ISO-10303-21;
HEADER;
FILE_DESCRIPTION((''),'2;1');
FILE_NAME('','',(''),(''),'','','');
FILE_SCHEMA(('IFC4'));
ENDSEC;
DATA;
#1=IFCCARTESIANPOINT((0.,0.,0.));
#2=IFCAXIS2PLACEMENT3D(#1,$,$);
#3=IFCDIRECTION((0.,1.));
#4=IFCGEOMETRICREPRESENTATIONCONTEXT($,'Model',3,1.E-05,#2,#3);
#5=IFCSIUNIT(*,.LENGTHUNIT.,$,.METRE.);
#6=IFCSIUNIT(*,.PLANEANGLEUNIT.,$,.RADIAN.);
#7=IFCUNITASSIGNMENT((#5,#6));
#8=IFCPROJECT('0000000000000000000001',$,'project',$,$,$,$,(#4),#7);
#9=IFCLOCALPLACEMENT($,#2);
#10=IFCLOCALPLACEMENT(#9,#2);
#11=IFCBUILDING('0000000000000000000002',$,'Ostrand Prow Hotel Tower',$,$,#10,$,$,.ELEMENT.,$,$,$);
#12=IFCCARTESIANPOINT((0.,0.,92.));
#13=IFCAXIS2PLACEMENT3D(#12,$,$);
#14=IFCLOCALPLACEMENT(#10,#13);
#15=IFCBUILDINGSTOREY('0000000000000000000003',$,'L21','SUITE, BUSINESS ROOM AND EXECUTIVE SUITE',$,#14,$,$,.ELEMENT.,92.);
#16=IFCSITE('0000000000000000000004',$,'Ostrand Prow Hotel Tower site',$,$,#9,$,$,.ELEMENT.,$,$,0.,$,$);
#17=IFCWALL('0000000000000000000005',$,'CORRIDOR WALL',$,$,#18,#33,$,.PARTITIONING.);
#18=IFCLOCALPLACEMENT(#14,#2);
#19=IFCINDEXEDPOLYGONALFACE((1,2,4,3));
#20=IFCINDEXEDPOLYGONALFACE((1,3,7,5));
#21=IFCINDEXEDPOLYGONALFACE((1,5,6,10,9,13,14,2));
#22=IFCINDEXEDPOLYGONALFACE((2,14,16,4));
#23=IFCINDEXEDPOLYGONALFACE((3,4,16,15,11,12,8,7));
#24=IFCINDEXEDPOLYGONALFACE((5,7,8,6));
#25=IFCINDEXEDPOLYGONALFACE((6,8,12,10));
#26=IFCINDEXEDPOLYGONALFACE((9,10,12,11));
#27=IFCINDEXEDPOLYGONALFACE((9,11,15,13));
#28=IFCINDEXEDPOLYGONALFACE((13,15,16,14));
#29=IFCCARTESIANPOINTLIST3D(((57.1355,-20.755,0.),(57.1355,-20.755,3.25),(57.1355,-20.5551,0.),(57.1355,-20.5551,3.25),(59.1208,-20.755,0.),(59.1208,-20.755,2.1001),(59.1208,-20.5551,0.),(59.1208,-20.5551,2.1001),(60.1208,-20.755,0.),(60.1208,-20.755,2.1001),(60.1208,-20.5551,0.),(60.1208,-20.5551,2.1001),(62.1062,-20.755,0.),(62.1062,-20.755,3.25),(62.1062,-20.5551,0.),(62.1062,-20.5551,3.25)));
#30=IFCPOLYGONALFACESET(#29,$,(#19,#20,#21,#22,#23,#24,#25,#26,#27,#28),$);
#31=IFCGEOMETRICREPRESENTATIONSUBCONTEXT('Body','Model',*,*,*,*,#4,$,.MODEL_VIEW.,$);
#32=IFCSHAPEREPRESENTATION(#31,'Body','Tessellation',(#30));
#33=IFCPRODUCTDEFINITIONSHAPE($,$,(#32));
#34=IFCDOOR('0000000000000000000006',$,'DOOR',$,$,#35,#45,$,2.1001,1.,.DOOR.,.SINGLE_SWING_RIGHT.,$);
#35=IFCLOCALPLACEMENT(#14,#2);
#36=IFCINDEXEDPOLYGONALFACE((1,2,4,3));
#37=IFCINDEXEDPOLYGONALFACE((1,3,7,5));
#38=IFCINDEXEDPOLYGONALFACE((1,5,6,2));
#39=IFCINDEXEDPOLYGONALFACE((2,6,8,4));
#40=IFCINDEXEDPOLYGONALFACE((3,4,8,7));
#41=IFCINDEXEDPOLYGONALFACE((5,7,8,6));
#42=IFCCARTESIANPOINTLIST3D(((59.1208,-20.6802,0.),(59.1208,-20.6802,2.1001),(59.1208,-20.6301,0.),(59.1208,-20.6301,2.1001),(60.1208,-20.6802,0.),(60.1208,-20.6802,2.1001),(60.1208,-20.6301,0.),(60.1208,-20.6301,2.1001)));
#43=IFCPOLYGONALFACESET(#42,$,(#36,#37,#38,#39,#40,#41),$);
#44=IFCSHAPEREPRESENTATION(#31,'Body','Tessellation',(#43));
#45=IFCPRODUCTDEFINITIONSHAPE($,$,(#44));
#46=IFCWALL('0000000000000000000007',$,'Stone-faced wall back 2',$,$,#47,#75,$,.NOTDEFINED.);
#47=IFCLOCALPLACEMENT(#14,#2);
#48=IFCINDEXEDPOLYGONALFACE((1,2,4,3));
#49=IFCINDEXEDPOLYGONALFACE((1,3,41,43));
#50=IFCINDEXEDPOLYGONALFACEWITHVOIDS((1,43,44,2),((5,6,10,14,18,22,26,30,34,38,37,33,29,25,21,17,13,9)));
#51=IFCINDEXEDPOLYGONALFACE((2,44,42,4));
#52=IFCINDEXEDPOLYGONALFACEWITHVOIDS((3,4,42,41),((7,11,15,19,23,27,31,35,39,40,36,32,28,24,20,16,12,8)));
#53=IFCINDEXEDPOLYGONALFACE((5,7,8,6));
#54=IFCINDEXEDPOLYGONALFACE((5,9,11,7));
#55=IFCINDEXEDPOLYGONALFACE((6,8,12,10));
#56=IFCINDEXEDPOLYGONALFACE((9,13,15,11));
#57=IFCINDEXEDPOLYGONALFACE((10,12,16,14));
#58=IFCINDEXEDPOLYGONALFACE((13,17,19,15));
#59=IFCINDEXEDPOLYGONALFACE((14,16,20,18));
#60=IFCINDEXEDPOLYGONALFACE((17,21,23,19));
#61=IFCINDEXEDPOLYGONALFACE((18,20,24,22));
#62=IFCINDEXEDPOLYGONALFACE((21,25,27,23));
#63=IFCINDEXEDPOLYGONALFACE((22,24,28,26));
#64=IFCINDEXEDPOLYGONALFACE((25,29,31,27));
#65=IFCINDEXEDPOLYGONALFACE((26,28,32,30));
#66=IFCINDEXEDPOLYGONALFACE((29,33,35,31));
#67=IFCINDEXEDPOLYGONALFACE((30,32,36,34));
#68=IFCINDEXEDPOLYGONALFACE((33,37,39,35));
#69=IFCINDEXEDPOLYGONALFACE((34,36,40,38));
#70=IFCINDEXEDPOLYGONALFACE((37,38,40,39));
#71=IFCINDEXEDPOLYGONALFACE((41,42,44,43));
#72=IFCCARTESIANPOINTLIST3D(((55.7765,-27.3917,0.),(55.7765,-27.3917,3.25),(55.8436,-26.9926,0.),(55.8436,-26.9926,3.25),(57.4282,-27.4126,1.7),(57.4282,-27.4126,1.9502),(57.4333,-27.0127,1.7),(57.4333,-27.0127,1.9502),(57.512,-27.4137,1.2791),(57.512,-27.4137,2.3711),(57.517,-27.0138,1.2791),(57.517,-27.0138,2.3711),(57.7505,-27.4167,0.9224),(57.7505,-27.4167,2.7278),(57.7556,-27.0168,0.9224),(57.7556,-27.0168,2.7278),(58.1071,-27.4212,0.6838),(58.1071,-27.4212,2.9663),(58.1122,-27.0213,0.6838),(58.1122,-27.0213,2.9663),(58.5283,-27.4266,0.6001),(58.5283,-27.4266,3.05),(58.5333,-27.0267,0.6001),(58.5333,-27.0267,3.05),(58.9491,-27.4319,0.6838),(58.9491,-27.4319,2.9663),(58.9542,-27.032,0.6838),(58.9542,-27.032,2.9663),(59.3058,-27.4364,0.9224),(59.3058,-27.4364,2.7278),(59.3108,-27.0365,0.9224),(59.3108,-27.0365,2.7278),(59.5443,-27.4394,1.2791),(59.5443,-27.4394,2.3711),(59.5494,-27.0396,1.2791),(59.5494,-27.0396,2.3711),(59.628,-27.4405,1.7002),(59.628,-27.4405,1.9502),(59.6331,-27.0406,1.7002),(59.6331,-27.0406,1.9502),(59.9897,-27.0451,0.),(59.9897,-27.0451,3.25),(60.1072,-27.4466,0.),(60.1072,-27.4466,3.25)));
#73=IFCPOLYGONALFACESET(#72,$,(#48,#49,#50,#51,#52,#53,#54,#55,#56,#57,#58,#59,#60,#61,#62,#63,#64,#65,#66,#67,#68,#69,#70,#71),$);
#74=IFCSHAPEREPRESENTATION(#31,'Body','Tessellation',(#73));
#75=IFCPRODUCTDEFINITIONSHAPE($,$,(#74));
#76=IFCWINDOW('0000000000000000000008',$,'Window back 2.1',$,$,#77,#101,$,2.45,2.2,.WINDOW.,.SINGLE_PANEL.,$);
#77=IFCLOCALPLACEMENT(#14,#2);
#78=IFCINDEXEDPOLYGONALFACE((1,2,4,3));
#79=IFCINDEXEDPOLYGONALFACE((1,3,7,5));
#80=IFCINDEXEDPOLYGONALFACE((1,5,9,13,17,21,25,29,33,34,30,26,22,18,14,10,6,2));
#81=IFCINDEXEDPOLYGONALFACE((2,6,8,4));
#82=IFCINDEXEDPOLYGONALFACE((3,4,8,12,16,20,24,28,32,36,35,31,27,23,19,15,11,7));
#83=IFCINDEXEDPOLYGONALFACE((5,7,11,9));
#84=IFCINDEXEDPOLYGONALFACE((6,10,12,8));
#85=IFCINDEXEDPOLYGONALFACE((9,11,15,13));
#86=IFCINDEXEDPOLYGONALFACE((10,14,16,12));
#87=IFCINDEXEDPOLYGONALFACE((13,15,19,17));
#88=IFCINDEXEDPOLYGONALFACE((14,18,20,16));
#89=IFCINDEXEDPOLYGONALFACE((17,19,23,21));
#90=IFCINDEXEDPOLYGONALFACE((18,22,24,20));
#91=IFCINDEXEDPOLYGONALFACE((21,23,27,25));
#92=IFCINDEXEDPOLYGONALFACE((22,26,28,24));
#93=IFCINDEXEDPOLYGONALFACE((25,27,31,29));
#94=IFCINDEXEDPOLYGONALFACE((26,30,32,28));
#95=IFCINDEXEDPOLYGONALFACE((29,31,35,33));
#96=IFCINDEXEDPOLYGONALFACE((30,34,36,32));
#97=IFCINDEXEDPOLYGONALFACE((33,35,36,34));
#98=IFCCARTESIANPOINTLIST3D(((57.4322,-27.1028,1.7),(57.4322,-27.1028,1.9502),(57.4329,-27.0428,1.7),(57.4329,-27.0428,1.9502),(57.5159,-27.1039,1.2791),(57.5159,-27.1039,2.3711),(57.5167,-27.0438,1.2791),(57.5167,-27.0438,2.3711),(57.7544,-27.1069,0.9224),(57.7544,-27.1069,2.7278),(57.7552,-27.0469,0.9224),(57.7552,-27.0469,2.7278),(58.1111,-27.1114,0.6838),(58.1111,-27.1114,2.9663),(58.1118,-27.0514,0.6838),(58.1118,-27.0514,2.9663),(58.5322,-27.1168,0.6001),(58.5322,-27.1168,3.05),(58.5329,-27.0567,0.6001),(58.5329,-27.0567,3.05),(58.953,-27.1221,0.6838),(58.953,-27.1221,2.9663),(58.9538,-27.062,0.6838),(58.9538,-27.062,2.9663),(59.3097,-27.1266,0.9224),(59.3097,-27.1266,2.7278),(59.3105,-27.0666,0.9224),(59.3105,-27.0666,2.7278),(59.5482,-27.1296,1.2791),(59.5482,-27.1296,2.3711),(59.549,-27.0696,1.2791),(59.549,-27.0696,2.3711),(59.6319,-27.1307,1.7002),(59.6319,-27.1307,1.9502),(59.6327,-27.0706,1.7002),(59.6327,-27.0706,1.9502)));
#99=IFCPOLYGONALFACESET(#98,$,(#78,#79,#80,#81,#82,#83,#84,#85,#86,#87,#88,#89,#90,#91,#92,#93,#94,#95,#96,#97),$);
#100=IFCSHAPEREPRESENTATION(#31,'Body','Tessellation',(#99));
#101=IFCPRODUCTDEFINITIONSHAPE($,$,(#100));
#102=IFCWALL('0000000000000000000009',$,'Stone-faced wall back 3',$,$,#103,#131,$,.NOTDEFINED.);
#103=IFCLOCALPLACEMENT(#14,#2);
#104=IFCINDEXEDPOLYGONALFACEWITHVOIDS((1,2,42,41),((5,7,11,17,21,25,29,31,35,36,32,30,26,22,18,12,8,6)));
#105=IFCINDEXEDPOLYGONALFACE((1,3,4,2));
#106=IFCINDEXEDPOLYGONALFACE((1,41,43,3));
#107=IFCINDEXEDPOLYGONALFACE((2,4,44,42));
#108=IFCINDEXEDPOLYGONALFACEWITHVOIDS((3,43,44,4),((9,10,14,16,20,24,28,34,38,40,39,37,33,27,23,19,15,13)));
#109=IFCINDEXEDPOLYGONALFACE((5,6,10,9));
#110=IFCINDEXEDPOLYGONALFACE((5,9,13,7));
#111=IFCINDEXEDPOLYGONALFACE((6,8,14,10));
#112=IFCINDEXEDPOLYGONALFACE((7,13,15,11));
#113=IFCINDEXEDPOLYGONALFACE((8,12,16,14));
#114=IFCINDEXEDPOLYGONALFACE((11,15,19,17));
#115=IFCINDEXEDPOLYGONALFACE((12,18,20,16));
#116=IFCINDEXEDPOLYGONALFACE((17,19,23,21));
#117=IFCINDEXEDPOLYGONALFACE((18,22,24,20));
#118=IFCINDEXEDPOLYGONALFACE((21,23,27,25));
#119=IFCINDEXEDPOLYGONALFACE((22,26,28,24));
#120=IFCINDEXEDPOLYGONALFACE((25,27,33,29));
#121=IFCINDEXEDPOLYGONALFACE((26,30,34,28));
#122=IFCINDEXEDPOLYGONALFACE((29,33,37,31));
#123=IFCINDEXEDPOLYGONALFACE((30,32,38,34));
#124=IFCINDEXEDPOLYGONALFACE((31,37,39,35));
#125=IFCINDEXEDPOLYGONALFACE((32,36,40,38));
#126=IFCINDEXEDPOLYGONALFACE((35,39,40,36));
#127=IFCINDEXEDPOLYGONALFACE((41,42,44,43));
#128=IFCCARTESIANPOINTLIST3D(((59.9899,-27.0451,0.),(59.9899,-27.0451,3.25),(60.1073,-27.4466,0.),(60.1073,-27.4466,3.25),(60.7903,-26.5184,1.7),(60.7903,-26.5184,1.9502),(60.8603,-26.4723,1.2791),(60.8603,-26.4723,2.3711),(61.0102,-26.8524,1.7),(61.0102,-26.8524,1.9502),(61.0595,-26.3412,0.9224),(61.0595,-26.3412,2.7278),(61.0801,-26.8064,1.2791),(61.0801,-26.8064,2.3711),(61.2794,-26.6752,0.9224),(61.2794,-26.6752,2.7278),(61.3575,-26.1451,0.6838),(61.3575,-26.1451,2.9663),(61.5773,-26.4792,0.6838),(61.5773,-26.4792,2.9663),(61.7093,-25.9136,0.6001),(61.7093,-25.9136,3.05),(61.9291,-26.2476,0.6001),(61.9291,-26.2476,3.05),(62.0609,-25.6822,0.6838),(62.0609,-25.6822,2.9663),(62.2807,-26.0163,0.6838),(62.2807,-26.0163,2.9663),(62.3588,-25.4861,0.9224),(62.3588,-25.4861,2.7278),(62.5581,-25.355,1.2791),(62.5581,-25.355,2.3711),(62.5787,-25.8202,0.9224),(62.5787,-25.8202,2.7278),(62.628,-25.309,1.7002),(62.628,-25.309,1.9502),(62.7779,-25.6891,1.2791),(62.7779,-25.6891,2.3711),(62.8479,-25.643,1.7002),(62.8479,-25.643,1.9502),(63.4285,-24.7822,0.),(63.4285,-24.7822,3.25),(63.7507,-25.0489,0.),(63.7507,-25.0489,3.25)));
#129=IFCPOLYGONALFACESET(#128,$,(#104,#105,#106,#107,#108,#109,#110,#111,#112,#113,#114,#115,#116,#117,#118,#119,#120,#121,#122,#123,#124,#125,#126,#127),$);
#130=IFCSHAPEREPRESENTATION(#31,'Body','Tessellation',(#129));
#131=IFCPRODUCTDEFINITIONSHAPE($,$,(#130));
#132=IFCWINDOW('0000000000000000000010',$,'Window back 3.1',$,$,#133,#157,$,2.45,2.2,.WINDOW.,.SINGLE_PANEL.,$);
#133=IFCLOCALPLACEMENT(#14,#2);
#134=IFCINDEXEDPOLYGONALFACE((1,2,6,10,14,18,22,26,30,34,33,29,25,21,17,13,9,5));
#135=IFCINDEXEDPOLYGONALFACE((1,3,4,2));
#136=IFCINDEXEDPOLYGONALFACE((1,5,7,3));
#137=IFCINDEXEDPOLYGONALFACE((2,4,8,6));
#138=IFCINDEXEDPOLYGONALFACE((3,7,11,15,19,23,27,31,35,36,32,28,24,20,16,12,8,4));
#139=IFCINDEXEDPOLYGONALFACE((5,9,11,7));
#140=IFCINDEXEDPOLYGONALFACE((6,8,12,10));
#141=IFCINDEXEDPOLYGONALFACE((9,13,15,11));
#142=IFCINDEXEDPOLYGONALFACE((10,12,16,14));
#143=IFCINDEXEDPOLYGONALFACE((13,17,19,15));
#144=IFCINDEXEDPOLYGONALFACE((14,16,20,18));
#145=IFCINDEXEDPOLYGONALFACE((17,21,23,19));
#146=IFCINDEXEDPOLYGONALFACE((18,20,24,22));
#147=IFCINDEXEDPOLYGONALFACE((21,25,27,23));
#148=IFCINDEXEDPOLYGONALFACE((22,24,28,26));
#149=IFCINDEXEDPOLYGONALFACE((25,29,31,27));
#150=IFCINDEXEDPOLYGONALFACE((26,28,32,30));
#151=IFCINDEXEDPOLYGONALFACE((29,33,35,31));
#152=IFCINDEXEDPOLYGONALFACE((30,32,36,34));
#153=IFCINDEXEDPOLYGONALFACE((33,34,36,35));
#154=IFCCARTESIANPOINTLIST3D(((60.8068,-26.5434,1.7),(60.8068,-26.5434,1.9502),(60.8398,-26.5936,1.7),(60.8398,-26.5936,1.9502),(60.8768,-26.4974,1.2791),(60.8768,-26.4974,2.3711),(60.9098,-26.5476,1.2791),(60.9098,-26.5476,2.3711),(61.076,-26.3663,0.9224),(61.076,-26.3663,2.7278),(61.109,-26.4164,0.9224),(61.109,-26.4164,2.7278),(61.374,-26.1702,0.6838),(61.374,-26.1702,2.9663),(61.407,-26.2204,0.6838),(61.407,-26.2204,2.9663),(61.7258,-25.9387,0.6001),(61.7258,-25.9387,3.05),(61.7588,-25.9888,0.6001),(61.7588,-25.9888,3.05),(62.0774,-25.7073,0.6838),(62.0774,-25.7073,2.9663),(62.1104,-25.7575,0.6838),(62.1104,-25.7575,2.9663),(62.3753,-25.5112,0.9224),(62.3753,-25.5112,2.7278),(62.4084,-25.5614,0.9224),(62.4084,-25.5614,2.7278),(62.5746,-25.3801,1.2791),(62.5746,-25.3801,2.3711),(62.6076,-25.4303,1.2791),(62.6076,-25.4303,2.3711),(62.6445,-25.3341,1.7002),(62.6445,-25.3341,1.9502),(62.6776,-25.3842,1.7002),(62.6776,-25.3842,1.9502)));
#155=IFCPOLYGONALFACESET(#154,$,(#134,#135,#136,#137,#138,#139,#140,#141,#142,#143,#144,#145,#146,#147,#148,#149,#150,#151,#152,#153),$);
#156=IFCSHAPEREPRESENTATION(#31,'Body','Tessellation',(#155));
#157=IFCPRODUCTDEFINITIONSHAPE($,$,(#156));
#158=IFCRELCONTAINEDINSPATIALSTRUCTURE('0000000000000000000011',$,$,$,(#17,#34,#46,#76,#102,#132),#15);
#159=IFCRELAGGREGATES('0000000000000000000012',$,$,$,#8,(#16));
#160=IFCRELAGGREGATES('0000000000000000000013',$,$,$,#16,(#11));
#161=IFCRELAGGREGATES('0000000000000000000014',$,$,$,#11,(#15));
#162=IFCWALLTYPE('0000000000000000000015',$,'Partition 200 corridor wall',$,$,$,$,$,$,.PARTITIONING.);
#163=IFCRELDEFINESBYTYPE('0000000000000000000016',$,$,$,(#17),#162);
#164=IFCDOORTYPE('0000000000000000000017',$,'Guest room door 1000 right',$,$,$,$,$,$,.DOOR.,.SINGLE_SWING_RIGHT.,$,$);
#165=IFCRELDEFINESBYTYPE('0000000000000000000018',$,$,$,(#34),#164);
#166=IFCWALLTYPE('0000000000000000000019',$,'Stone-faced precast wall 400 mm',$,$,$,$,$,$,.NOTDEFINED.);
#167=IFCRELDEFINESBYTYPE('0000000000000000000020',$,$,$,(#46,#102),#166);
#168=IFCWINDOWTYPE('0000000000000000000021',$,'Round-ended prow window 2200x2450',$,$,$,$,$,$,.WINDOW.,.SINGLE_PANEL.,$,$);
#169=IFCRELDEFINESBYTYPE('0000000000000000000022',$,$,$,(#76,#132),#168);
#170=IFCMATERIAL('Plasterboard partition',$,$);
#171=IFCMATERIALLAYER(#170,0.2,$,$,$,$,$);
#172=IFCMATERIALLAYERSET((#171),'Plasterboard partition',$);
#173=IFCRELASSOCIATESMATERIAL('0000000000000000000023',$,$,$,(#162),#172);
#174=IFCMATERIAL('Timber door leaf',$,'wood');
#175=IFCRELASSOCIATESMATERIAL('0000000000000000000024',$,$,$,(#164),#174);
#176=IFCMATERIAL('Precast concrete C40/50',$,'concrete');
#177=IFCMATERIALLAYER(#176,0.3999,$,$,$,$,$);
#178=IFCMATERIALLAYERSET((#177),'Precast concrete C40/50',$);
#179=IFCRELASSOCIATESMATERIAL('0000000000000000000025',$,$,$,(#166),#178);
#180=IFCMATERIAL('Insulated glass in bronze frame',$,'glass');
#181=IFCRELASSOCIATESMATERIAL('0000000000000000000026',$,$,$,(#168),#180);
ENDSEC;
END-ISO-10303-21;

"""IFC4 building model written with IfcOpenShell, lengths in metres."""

from ifc_helpers import new_model, si_unit, direction, frame, frame_2d, origin, place, context, subcontext, project, spatial, polyline, rectangle, outline, extrude, material, layer, layer_set, type_object, element, fill, save


model = new_model("IFC4")

# Units and contexts
model_context = context("Model", 3, precision=1e-05, world=origin(), true_north=direction((0.0, 1.0)))
body_context = subcontext(model_context, "Body", "Model", "MODEL_VIEW")
ifc_project = project(units=[si_unit("LENGTHUNIT", "METRE"), si_unit("PLANEANGLEUNIT", "RADIAN")], contexts=[model_context])

# Site, building, storey
site_placement = place(None, origin())
site = spatial("IfcSite", under=ifc_project, at=site_placement, Name="Ostrand Prow Hotel Tower site", CompositionType="ELEMENT", RefElevation=0.0)
building_placement = place(site_placement, origin())
building = spatial("IfcBuilding", under=site, at=building_placement, Name="Ostrand Prow Hotel Tower", CompositionType="ELEMENT")
storey_placement = place(building_placement, frame((0.0, 0.0, 92.0)))
storey = spatial("IfcBuildingStorey", under=building, at=storey_placement, Name="L21", Description="SUITE, BUSINESS ROOM AND EXECUTIVE SUITE", CompositionType="ELEMENT", Elevation=92.0)

# Wall, opening, door
ifc_material_1 = material(Name="Plasterboard partition")
ifc_layer_1 = layer(ifc_material_1, 0.2)
ifc_layer_set_1 = layer_set([ifc_layer_1], Name="Plasterboard partition")
wall_type_1 = type_object("IfcWallType", Name="Partition 200 corridor wall", PredefinedType="PARTITIONING", material=ifc_layer_set_1)
wall_1_placement = place(storey_placement, frame((57.1355, -20.655, 0.0), z_axis=(0.0, 0.0, 1.0), x_axis=(1.0, 0.0, 0.0)))
wall_1 = element("IfcWall", 1, at=wall_1_placement, inside=storey, type_object=wall_type_1, Name="CORRIDOR WALL", PredefinedType="PARTITIONING", context=body_context, shape_type="SweptSolid", body=[
    extrude(rectangle(XDim=4.9707, YDim=0.2, at=frame_2d((2.4854, 0.0))), origin(), (0.0, 0.0, 1.0), 3.25),
])
opening_1_placement = place(wall_1_placement, frame((1.9854, 0.0, 0.0)))
opening_1 = element("IfcOpeningElement", 2, at=opening_1_placement, cuts=wall_1, PredefinedType="OPENING", context=body_context, shape_type="SweptSolid", body=[
    extrude(rectangle(XDim=1.0, YDim=2.1001, at=frame_2d((0.5, 1.05))), frame((0.0, 0.1099, 0.0), z_axis=(0.0, -1.0, 0.0), x_axis=(1.0, 0.0, 0.0)), (0.0, 0.0, 1.0), 0.22),
])
ifc_material_2 = material(Name="Timber door leaf", Category="wood")
door_type_1 = type_object("IfcDoorType", Name="Guest room door 1000 right", OperationType="SINGLE_SWING_RIGHT", PredefinedType="DOOR", material=ifc_material_2)
door_1_placement = place(opening_1_placement, origin())
door_1 = element("IfcDoor", 3, at=door_1_placement, inside=storey, type_object=door_type_1, Name="DOOR", OperationType="SINGLE_SWING_RIGHT", OverallHeight=2.1001, OverallWidth=1.0, PredefinedType="DOOR", context=body_context, shape_type="SweptSolid", body=[
    extrude(rectangle(XDim=1.0, YDim=2.1001, at=frame_2d((0.5, 1.05))), frame((0.0, 0.0249, 0.0), z_axis=(0.0, -1.0, 0.0), x_axis=(1.0, 0.0, 0.0)), (0.0, 0.0, 1.0), 0.05),
])
fill(opening_1, door_1)

# Walls, openings, windows
ifc_material_3 = material(Name="Precast concrete C40/50", Category="concrete")
ifc_layer_2 = layer(ifc_material_3, 0.3999)
ifc_layer_set_2 = layer_set([ifc_layer_2], Name="Precast concrete C40/50")
wall_type_2 = type_object("IfcWallType", Name="Stone-faced precast wall 400 mm", PredefinedType="NOTDEFINED", material=ifc_layer_set_2)
wall_2_placement = place(storey_placement, frame((55.8101, -27.1921, 0.0), z_axis=(0.0, 0.0, 1.0), x_axis=(0.99992, -0.012671, 0.0)))
wall_2 = element("IfcWall", 4, at=wall_2_placement, inside=storey, type_object=wall_type_2, Name="Stone-faced wall back 2", PredefinedType="NOTDEFINED", context=body_context, shape_type="SweptSolid", body=[
    extrude(outline(polyline([(-0.031, -0.2), (4.3, -0.2), (4.1775, 0.2), (0.031, 0.2), (-0.031, -0.2)])), origin(), (0.0, 0.0, 1.0), 3.25),
])
opening_2_placement = place(wall_2_placement, frame((1.6208, 0.0, 0.6001)))
opening_2 = element("IfcOpeningElement", 5, at=opening_2_placement, cuts=wall_2, PredefinedType="OPENING", context=body_context, shape_type="SweptSolid", body=[
    extrude(outline(polyline([(0.0, 1.3501), (0.0837, 1.771), (0.3223, 2.1277), (0.679, 2.3662), (1.1001, 2.45), (1.521, 2.3662), (1.8777, 2.1277), (2.1162, 1.771), (2.2, 1.3501), (2.2, 1.1001), (2.1162, 0.679), (1.8777, 0.3223), (1.521, 0.0837), (1.1001, 0.0), (0.679, 0.0837), (0.3223, 0.3223), (0.0837, 0.679), (0.0, 1.0999), (0.0, 1.3501)])), frame((0.0, 0.21, 0.0), z_axis=(0.0, -1.0, 0.0), x_axis=(1.0, 0.0, 0.0)), (0.0, 0.0, 1.0), 0.4199),
])
ifc_material_4 = material(Name="Insulated glass in bronze frame", Category="glass")
window_type_1 = type_object("IfcWindowType", Name="Round-ended prow window 2200x2450", PartitioningType="SINGLE_PANEL", PredefinedType="WINDOW", material=ifc_material_4)
window_1_placement = place(opening_2_placement, origin())
window_1 = element("IfcWindow", 6, at=window_1_placement, inside=storey, type_object=window_type_1, Name="Window back 2.1", OverallHeight=2.45, OverallWidth=2.2, PartitioningType="SINGLE_PANEL", PredefinedType="WINDOW", context=body_context, shape_type="SweptSolid", body=[
    extrude(outline(polyline([(0.0, 1.3501), (0.0837, 1.771), (0.3223, 2.1277), (0.679, 2.3662), (1.1001, 2.45), (1.521, 2.3662), (1.8777, 2.1277), (2.1162, 1.771), (2.2, 1.3501), (2.2, 1.1001), (2.1162, 0.679), (1.8777, 0.3223), (1.521, 0.0837), (1.1001, 0.0), (0.679, 0.0837), (0.3223, 0.3223), (0.0837, 0.679), (0.0, 1.0999), (0.0, 1.3501)])), frame((0.0, 0.1699, 0.0), z_axis=(0.0, -1.0, 0.0), x_axis=(1.0, 0.0, 0.0)), (0.0, 0.0, 1.0), 0.0601),
])
fill(opening_2, window_1)
wall_3_placement = place(storey_placement, frame((60.0486, -27.2458, 0.0), z_axis=(0.0, 0.0, 1.0), x_axis=(0.835341, 0.549733, 0.0)))
wall_3 = element("IfcWall", 7, at=wall_3_placement, inside=storey, type_object=wall_type_2, Name="Stone-faced wall back 3", PredefinedType="NOTDEFINED", context=body_context, shape_type="SweptSolid", body=[
    extrude(outline(polyline([(-0.0613, -0.2), (4.3003, -0.2), (4.1777, 0.2), (0.0613, 0.2), (-0.0613, -0.2)])), origin(), (0.0, 0.0, 1.0), 3.25),
])
opening_3_placement = place(wall_3_placement, frame((1.0195, 0.0, 0.6001)))
opening_3 = element("IfcOpeningElement", 8, at=opening_3_placement, cuts=wall_3, PredefinedType="OPENING", context=body_context, shape_type="SweptSolid", body=[
    extrude(outline(polyline([(0.0, 1.3501), (0.0837, 1.771), (0.3223, 2.1277), (0.679, 2.3662), (1.1001, 2.45), (1.521, 2.3662), (1.8777, 2.1277), (2.1162, 1.771), (2.2, 1.3501), (2.2, 1.1001), (2.1162, 0.679), (1.8777, 0.3223), (1.521, 0.0837), (1.1001, 0.0), (0.679, 0.0837), (0.3223, 0.3223), (0.0837, 0.679), (0.0, 1.0999), (0.0, 1.3501)])), frame((0.0, 0.21, 0.0), z_axis=(0.0, -1.0, 0.0), x_axis=(1.0, 0.0, 0.0)), (0.0, 0.0, 1.0), 0.4199),
])
window_2_placement = place(opening_3_placement, origin())
window_2 = element("IfcWindow", 9, at=window_2_placement, inside=storey, type_object=window_type_1, Name="Window back 3.1", OverallHeight=2.45, OverallWidth=2.2, PartitioningType="SINGLE_PANEL", PredefinedType="WINDOW", context=body_context, shape_type="SweptSolid", body=[
    extrude(outline(polyline([(0.0, 1.3501), (0.0837, 1.771), (0.3223, 2.1277), (0.679, 2.3662), (1.1001, 2.45), (1.521, 2.3662), (1.8777, 2.1277), (2.1162, 1.771), (2.2, 1.3501), (2.2, 1.1001), (2.1162, 0.679), (1.8777, 0.3223), (1.521, 0.0837), (1.1001, 0.0), (0.679, 0.0837), (0.3223, 0.3223), (0.0837, 0.679), (0.0, 1.0999), (0.0, 1.3501)])), frame((0.0, 0.1699, 0.0), z_axis=(0.0, -1.0, 0.0), x_axis=(1.0, 0.0, 0.0)), (0.0, 0.0, 1.0), 0.0601),
])
fill(opening_3, window_2)

save(model, "model.ifc")
